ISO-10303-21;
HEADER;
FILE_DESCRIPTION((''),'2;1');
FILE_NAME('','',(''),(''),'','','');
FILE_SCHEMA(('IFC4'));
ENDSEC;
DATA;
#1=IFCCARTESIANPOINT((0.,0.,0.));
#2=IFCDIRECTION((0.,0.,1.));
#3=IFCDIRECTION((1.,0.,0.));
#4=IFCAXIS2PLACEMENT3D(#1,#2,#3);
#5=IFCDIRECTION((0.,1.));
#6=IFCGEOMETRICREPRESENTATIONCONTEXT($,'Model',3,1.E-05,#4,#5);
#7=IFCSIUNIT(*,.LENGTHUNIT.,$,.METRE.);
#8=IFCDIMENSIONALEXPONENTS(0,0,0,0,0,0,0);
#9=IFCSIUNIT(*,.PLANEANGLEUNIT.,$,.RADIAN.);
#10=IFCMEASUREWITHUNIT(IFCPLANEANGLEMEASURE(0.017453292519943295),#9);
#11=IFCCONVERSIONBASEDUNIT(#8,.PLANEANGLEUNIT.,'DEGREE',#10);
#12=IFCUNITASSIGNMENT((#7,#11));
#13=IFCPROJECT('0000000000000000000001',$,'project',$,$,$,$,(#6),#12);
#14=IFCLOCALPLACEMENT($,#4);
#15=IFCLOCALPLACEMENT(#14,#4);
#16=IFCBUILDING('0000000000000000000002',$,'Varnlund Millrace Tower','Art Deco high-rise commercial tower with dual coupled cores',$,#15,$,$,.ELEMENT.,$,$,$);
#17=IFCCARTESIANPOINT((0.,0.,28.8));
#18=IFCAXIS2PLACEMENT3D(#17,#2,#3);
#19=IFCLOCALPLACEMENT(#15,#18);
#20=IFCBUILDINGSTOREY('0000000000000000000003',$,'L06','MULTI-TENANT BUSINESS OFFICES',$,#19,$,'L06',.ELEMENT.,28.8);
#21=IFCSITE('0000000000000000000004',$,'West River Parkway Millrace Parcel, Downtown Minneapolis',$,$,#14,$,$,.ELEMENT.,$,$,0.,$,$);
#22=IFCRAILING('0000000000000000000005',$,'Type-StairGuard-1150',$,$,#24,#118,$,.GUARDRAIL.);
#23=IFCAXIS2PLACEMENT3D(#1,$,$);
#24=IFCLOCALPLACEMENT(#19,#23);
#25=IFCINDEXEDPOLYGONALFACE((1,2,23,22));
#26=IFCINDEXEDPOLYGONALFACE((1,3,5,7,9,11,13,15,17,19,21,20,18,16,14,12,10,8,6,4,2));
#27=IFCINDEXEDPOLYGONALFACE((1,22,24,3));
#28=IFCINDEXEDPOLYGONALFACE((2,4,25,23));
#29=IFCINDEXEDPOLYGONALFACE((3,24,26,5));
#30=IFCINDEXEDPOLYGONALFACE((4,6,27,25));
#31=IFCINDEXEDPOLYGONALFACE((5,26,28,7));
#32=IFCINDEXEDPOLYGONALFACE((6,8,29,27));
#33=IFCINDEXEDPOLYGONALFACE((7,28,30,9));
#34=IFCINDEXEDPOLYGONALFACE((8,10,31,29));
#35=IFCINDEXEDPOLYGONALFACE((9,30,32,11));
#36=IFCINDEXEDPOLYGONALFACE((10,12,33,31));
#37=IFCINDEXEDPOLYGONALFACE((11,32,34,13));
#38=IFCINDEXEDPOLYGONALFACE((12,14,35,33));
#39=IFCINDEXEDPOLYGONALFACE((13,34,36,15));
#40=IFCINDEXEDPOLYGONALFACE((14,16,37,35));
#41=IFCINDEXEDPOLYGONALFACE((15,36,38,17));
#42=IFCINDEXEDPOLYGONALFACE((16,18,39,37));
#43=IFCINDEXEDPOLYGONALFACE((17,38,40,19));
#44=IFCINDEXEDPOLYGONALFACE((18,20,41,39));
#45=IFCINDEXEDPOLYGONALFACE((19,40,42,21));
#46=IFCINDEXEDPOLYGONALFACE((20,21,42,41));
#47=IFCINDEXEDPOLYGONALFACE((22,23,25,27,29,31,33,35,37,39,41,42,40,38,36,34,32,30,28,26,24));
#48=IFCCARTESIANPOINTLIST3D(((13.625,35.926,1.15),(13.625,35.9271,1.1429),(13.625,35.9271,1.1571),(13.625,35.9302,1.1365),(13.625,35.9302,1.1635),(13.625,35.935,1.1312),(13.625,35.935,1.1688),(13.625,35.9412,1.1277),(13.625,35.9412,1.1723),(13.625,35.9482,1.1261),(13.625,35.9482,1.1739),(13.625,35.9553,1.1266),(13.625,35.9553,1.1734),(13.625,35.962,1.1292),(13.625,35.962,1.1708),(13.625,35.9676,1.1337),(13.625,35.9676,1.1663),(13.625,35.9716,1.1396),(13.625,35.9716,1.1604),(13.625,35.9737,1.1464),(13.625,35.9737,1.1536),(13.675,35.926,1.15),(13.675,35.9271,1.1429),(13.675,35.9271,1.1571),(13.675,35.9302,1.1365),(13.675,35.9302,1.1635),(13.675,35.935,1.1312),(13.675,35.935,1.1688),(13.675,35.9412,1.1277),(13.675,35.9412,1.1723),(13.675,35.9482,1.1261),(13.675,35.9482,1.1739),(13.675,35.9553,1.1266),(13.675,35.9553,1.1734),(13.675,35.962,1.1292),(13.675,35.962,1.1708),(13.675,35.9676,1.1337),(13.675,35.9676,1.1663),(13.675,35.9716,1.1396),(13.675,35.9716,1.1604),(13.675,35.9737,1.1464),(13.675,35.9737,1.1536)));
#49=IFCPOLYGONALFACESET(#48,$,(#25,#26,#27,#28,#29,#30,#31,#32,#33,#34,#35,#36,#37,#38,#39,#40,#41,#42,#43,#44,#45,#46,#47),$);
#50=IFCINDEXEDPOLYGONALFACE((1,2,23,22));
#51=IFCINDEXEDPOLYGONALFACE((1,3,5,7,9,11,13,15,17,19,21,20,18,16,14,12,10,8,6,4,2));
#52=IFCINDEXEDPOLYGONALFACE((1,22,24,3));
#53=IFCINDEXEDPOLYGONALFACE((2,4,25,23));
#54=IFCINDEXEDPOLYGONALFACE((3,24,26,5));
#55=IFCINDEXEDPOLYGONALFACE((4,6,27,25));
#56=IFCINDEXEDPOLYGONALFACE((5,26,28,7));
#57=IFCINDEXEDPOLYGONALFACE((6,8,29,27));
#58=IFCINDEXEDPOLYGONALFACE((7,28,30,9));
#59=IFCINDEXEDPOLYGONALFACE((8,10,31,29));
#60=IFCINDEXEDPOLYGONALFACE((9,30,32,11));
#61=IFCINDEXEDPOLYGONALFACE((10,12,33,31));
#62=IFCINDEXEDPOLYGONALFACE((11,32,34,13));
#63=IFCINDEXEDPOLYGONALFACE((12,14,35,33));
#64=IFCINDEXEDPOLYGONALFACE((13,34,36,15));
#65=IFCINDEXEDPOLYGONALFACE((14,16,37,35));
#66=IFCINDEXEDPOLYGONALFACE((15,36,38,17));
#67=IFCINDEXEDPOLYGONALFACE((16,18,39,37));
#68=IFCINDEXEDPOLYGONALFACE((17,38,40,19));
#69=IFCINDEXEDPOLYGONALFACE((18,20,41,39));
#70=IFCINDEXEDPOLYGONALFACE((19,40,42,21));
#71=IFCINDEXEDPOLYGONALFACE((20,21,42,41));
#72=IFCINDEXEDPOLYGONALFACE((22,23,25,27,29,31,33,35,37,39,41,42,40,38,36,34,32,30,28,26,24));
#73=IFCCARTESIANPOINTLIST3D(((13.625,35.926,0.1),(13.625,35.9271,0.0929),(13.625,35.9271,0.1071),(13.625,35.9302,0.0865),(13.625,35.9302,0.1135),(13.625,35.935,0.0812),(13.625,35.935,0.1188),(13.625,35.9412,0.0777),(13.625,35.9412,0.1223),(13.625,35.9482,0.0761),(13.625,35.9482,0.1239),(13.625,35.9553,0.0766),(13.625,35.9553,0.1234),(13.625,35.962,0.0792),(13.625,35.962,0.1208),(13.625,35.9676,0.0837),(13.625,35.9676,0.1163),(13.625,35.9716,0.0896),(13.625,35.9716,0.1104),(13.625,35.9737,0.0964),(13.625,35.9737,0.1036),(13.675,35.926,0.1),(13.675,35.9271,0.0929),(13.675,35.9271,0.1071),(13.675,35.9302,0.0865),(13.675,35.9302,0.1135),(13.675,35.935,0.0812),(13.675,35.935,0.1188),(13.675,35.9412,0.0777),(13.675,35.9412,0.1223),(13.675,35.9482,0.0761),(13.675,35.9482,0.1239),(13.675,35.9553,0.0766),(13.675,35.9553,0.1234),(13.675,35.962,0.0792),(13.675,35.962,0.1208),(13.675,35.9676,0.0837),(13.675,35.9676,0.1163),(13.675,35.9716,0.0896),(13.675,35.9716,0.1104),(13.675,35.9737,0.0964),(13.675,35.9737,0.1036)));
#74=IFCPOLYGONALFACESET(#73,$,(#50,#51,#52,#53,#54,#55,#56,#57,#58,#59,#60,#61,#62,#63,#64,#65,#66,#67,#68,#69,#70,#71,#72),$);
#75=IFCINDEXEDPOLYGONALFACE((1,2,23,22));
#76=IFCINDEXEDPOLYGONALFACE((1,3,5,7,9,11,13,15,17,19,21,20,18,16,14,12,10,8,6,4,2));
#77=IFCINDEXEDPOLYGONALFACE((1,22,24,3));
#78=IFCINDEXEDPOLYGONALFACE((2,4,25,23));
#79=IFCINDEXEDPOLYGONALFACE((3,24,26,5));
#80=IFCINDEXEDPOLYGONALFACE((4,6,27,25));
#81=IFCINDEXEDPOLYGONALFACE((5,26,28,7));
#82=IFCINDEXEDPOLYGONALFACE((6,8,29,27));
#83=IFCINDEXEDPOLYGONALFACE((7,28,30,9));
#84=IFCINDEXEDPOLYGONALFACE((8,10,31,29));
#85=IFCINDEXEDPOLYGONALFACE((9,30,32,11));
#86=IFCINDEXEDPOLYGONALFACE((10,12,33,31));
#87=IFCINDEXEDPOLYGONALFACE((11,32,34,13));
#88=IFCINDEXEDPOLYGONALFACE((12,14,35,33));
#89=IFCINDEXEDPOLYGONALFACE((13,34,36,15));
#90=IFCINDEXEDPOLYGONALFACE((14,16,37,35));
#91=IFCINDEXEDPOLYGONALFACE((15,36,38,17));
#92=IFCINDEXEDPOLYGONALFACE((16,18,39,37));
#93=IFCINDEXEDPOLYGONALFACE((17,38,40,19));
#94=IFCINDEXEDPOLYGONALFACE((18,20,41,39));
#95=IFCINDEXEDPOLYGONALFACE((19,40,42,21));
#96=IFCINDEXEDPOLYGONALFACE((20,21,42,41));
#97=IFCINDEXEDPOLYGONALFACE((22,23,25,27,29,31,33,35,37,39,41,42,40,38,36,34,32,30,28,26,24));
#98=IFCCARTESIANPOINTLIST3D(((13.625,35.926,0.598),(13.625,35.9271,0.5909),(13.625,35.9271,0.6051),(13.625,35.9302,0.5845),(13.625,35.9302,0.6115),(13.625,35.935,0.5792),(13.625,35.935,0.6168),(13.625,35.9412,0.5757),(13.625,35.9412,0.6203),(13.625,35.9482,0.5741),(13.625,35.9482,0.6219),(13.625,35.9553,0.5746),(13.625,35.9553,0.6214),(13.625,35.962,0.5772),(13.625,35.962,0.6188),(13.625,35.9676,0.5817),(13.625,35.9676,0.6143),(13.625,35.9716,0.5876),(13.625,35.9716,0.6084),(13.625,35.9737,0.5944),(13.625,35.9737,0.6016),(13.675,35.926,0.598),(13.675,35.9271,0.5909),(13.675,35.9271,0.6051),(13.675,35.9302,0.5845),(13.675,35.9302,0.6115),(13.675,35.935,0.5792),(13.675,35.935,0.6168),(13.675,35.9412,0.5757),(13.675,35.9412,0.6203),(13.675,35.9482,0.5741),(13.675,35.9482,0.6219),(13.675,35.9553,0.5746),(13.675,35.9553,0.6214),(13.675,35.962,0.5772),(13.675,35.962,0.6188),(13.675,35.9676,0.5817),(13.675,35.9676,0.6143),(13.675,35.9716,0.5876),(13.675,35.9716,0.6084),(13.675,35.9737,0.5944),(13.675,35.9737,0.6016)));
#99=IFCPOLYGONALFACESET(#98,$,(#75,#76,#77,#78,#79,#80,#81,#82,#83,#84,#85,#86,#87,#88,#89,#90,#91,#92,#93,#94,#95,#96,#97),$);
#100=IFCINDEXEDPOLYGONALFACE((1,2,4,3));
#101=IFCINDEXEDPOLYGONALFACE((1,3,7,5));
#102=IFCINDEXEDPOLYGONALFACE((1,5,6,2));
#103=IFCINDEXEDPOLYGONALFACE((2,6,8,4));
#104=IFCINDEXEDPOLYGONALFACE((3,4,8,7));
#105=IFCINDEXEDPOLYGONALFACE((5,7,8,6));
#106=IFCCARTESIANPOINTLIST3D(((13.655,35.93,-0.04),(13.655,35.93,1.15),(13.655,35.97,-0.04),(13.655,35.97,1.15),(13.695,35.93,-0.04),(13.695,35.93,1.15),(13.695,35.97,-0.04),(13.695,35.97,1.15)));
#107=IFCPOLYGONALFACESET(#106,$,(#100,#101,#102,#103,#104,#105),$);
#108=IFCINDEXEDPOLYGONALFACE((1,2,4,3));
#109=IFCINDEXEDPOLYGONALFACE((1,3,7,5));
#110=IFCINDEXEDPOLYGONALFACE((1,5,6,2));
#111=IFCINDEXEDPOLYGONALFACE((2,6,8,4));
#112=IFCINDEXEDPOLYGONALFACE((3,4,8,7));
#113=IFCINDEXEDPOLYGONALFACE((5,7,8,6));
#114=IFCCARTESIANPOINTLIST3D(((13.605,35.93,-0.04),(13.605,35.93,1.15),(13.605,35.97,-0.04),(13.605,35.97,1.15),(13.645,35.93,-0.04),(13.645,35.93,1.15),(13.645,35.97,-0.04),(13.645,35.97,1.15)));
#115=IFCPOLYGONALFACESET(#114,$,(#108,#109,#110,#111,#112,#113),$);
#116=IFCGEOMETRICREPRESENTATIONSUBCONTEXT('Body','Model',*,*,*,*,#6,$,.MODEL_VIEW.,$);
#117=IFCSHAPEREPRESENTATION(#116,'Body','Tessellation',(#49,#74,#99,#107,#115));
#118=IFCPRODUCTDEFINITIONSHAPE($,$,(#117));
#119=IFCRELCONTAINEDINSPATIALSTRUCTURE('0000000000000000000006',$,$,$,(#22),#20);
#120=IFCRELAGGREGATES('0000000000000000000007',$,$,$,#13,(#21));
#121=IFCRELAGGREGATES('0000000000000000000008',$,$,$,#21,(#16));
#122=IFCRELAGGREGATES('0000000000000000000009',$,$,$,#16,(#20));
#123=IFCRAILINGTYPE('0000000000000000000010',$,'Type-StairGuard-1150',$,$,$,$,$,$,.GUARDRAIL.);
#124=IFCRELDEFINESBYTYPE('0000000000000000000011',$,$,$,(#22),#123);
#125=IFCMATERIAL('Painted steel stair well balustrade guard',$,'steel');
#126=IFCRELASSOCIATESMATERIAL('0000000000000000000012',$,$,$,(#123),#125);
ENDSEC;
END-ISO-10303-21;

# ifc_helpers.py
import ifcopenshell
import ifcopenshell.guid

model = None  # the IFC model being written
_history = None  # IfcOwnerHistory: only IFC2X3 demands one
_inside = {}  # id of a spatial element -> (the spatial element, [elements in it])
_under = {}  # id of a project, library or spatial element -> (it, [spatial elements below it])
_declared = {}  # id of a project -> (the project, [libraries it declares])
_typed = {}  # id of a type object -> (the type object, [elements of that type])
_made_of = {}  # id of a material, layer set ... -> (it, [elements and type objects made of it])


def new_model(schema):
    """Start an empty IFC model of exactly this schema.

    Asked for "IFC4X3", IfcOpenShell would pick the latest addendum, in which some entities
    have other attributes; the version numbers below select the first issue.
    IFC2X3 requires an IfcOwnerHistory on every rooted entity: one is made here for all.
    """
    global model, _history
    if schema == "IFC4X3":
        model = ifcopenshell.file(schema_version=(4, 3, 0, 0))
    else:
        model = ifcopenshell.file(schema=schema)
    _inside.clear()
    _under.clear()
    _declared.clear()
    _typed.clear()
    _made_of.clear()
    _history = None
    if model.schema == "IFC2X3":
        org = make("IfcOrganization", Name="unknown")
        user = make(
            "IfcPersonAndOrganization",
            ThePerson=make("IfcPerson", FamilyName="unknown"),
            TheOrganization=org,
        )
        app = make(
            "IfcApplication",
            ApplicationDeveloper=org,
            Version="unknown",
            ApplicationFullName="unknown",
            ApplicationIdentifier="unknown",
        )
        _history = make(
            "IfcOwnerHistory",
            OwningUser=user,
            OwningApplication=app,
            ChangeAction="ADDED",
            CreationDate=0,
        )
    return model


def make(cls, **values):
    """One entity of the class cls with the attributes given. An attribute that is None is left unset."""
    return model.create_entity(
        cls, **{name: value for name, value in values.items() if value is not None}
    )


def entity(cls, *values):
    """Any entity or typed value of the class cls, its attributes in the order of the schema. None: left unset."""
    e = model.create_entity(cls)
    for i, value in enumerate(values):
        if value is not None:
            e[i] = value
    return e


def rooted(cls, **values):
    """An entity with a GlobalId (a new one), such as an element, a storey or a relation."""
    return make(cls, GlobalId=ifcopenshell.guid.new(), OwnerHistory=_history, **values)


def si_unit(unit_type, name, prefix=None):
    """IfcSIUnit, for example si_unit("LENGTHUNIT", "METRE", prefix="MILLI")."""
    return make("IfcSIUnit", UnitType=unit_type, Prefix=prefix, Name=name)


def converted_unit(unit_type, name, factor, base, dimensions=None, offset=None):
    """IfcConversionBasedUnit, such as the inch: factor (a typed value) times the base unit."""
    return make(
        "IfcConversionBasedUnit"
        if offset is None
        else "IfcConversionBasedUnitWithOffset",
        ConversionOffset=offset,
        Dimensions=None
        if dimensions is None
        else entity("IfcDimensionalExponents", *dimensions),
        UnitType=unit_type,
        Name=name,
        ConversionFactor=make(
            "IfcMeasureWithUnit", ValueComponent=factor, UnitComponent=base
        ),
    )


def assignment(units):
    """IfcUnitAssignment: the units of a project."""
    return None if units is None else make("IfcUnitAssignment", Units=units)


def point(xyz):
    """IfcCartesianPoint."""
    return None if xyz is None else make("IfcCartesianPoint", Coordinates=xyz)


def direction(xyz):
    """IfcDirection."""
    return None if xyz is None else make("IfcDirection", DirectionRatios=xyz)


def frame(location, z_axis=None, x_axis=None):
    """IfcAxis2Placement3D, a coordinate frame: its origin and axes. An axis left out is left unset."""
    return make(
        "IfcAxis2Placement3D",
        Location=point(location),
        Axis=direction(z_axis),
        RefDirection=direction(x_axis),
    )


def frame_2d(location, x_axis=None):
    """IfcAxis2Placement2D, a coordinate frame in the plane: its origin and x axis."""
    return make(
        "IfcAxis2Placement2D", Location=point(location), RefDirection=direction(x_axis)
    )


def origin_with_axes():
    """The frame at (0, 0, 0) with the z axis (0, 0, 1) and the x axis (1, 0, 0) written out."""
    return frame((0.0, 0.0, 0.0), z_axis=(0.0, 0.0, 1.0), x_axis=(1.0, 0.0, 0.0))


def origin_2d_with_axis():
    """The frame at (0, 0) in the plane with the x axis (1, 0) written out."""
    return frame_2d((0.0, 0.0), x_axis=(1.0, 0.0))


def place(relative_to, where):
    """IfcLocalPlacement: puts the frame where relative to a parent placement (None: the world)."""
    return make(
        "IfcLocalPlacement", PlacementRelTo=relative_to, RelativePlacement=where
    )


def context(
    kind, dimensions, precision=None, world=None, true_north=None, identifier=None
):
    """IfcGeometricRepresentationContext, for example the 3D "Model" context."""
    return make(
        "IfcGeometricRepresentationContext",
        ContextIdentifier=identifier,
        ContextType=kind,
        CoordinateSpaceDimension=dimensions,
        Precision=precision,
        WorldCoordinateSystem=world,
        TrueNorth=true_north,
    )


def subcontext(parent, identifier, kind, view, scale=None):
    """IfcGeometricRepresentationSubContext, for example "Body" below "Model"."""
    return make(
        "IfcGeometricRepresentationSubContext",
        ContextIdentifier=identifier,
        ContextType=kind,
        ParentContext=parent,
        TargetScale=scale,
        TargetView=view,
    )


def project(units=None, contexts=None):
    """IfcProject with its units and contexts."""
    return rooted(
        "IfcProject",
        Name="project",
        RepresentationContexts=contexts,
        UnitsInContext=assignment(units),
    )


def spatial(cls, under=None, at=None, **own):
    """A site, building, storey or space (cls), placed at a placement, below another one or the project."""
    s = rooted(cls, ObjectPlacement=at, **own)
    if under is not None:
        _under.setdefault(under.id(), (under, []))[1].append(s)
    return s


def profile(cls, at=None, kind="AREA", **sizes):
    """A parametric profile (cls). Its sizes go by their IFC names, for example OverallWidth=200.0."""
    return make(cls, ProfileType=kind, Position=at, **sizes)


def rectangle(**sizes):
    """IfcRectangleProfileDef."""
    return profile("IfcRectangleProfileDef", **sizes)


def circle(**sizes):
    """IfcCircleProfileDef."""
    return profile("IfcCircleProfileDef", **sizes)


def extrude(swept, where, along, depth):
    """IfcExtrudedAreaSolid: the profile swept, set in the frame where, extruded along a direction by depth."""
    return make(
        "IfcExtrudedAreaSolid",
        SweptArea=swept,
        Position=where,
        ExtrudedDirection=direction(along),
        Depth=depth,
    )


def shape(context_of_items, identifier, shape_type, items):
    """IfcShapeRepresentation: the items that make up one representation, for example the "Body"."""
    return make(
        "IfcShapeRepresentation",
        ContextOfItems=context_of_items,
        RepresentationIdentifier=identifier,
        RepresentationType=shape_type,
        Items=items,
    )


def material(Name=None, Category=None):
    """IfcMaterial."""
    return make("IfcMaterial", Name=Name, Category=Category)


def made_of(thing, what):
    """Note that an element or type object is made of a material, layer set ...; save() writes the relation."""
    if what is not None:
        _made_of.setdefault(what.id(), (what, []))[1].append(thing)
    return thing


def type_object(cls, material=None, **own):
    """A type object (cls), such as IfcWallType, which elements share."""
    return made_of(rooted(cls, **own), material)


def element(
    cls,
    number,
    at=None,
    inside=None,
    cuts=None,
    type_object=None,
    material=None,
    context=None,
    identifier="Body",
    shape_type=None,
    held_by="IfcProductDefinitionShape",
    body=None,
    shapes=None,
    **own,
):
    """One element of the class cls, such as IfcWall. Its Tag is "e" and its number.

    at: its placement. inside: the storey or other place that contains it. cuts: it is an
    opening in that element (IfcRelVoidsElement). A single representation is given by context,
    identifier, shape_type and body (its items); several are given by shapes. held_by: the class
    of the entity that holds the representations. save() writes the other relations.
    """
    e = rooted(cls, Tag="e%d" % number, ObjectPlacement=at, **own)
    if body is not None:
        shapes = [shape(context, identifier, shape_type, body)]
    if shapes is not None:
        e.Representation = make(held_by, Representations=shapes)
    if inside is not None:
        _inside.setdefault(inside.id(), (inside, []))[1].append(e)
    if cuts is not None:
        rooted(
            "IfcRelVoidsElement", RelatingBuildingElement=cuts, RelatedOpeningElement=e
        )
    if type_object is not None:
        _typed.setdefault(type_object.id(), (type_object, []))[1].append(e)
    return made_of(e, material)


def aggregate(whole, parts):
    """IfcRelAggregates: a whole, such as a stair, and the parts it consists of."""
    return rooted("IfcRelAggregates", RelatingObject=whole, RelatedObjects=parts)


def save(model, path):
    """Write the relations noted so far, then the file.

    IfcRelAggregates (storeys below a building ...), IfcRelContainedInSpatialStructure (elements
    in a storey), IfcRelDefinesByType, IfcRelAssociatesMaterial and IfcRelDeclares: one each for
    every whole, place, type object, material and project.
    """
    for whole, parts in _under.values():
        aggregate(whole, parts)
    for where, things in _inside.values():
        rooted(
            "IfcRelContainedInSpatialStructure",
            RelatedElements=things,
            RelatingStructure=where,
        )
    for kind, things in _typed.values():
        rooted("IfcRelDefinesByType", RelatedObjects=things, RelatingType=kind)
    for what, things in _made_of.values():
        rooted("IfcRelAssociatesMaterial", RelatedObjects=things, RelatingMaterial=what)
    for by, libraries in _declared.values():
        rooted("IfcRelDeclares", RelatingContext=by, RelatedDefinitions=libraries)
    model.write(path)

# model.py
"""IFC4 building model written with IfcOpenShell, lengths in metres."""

from ifc_helpers import new_model, entity, si_unit, converted_unit, direction, frame, origin_with_axes, origin_2d_with_axis, place, context, subcontext, project, spatial, rectangle, circle, extrude, material, type_object, element, save


model = new_model("IFC4")

# Units and contexts
model_context = context("Model", 3, precision=1e-05, world=origin_with_axes(), true_north=direction((0.0, 1.0)))
body_context = subcontext(model_context, "Body", "Model", "MODEL_VIEW")
ifc_project = project(units=[si_unit("LENGTHUNIT", "METRE"), converted_unit("PLANEANGLEUNIT", "DEGREE", entity("IfcPlaneAngleMeasure", 0.017453292519943295), si_unit("PLANEANGLEUNIT", "RADIAN"), dimensions=[0, 0, 0, 0, 0, 0, 0])], contexts=[model_context])

# Site, building, storey
site_placement = place(None, origin_with_axes())
site = spatial("IfcSite", under=ifc_project, at=site_placement, Name="West River Parkway Millrace Parcel, Downtown Minneapolis", CompositionType="ELEMENT", RefElevation=0.0)
building_placement = place(site_placement, origin_with_axes())
building = spatial("IfcBuilding", under=site, at=building_placement, Name="Varnlund Millrace Tower", Description="Art Deco high-rise commercial tower with dual coupled cores", CompositionType="ELEMENT")
storey_placement = place(building_placement, frame((0.0, 0.0, 28.8), z_axis=(0.0, 0.0, 1.0), x_axis=(1.0, 0.0, 0.0)))
storey = spatial("IfcBuildingStorey", under=building, at=storey_placement, Name="L06", Description="MULTI-TENANT BUSINESS OFFICES", LongName="L06", CompositionType="ELEMENT", Elevation=28.8)

# Railing
ifc_material_1 = material(Name="Painted steel stair well balustrade guard", Category="steel")
railing_type_1 = type_object("IfcRailingType", Name="Type-StairGuard-1150", PredefinedType="GUARDRAIL", material=ifc_material_1)
railing_1_placement = place(storey_placement, frame((0.0, 0.0, -28.8), z_axis=(0.0, 0.0, 1.0), x_axis=(1.0, 0.0, 0.0)))
element("IfcRailing", 1, at=railing_1_placement, inside=storey, type_object=railing_type_1, Name="Type-StairGuard-1150", PredefinedType="GUARDRAIL", context=body_context, shape_type="SweptSolid", body=[
    extrude(circle(Radius=0.024, at=origin_2d_with_axis()), frame((13.675, 35.95, 29.95), z_axis=(-1.0, 0.0, 0.0), x_axis=(0.0, -1.0, 0.0)), (0.0, 0.0, 1.0), 0.05),
    extrude(circle(Radius=0.024, at=origin_2d_with_axis()), frame((13.675, 35.95, 28.9), z_axis=(-1.0, 0.0, 0.0), x_axis=(0.0, -1.0, 0.0)), (0.0, 0.0, 1.0), 0.05),
    extrude(circle(Radius=0.024, at=origin_2d_with_axis()), frame((13.675, 35.95, 29.398), z_axis=(-1.0, 0.0, 0.0), x_axis=(0.0, -1.0, 0.0)), (0.0, 0.0, 1.0), 0.05),
    extrude(rectangle(XDim=0.04, YDim=0.04, at=origin_2d_with_axis()), frame((13.675, 35.95, 28.76), z_axis=(0.0, 0.0, 1.0), x_axis=(1.0, 0.0, 0.0)), (0.0, 0.0, 1.0), 1.19),
    extrude(rectangle(XDim=0.04, YDim=0.04, at=origin_2d_with_axis()), frame((13.625, 35.95, 28.76), z_axis=(0.0, 0.0, 1.0), x_axis=(1.0, 0.0, 0.0)), (0.0, 0.0, 1.0), 1.19),
])

save(model, "model.ifc")
